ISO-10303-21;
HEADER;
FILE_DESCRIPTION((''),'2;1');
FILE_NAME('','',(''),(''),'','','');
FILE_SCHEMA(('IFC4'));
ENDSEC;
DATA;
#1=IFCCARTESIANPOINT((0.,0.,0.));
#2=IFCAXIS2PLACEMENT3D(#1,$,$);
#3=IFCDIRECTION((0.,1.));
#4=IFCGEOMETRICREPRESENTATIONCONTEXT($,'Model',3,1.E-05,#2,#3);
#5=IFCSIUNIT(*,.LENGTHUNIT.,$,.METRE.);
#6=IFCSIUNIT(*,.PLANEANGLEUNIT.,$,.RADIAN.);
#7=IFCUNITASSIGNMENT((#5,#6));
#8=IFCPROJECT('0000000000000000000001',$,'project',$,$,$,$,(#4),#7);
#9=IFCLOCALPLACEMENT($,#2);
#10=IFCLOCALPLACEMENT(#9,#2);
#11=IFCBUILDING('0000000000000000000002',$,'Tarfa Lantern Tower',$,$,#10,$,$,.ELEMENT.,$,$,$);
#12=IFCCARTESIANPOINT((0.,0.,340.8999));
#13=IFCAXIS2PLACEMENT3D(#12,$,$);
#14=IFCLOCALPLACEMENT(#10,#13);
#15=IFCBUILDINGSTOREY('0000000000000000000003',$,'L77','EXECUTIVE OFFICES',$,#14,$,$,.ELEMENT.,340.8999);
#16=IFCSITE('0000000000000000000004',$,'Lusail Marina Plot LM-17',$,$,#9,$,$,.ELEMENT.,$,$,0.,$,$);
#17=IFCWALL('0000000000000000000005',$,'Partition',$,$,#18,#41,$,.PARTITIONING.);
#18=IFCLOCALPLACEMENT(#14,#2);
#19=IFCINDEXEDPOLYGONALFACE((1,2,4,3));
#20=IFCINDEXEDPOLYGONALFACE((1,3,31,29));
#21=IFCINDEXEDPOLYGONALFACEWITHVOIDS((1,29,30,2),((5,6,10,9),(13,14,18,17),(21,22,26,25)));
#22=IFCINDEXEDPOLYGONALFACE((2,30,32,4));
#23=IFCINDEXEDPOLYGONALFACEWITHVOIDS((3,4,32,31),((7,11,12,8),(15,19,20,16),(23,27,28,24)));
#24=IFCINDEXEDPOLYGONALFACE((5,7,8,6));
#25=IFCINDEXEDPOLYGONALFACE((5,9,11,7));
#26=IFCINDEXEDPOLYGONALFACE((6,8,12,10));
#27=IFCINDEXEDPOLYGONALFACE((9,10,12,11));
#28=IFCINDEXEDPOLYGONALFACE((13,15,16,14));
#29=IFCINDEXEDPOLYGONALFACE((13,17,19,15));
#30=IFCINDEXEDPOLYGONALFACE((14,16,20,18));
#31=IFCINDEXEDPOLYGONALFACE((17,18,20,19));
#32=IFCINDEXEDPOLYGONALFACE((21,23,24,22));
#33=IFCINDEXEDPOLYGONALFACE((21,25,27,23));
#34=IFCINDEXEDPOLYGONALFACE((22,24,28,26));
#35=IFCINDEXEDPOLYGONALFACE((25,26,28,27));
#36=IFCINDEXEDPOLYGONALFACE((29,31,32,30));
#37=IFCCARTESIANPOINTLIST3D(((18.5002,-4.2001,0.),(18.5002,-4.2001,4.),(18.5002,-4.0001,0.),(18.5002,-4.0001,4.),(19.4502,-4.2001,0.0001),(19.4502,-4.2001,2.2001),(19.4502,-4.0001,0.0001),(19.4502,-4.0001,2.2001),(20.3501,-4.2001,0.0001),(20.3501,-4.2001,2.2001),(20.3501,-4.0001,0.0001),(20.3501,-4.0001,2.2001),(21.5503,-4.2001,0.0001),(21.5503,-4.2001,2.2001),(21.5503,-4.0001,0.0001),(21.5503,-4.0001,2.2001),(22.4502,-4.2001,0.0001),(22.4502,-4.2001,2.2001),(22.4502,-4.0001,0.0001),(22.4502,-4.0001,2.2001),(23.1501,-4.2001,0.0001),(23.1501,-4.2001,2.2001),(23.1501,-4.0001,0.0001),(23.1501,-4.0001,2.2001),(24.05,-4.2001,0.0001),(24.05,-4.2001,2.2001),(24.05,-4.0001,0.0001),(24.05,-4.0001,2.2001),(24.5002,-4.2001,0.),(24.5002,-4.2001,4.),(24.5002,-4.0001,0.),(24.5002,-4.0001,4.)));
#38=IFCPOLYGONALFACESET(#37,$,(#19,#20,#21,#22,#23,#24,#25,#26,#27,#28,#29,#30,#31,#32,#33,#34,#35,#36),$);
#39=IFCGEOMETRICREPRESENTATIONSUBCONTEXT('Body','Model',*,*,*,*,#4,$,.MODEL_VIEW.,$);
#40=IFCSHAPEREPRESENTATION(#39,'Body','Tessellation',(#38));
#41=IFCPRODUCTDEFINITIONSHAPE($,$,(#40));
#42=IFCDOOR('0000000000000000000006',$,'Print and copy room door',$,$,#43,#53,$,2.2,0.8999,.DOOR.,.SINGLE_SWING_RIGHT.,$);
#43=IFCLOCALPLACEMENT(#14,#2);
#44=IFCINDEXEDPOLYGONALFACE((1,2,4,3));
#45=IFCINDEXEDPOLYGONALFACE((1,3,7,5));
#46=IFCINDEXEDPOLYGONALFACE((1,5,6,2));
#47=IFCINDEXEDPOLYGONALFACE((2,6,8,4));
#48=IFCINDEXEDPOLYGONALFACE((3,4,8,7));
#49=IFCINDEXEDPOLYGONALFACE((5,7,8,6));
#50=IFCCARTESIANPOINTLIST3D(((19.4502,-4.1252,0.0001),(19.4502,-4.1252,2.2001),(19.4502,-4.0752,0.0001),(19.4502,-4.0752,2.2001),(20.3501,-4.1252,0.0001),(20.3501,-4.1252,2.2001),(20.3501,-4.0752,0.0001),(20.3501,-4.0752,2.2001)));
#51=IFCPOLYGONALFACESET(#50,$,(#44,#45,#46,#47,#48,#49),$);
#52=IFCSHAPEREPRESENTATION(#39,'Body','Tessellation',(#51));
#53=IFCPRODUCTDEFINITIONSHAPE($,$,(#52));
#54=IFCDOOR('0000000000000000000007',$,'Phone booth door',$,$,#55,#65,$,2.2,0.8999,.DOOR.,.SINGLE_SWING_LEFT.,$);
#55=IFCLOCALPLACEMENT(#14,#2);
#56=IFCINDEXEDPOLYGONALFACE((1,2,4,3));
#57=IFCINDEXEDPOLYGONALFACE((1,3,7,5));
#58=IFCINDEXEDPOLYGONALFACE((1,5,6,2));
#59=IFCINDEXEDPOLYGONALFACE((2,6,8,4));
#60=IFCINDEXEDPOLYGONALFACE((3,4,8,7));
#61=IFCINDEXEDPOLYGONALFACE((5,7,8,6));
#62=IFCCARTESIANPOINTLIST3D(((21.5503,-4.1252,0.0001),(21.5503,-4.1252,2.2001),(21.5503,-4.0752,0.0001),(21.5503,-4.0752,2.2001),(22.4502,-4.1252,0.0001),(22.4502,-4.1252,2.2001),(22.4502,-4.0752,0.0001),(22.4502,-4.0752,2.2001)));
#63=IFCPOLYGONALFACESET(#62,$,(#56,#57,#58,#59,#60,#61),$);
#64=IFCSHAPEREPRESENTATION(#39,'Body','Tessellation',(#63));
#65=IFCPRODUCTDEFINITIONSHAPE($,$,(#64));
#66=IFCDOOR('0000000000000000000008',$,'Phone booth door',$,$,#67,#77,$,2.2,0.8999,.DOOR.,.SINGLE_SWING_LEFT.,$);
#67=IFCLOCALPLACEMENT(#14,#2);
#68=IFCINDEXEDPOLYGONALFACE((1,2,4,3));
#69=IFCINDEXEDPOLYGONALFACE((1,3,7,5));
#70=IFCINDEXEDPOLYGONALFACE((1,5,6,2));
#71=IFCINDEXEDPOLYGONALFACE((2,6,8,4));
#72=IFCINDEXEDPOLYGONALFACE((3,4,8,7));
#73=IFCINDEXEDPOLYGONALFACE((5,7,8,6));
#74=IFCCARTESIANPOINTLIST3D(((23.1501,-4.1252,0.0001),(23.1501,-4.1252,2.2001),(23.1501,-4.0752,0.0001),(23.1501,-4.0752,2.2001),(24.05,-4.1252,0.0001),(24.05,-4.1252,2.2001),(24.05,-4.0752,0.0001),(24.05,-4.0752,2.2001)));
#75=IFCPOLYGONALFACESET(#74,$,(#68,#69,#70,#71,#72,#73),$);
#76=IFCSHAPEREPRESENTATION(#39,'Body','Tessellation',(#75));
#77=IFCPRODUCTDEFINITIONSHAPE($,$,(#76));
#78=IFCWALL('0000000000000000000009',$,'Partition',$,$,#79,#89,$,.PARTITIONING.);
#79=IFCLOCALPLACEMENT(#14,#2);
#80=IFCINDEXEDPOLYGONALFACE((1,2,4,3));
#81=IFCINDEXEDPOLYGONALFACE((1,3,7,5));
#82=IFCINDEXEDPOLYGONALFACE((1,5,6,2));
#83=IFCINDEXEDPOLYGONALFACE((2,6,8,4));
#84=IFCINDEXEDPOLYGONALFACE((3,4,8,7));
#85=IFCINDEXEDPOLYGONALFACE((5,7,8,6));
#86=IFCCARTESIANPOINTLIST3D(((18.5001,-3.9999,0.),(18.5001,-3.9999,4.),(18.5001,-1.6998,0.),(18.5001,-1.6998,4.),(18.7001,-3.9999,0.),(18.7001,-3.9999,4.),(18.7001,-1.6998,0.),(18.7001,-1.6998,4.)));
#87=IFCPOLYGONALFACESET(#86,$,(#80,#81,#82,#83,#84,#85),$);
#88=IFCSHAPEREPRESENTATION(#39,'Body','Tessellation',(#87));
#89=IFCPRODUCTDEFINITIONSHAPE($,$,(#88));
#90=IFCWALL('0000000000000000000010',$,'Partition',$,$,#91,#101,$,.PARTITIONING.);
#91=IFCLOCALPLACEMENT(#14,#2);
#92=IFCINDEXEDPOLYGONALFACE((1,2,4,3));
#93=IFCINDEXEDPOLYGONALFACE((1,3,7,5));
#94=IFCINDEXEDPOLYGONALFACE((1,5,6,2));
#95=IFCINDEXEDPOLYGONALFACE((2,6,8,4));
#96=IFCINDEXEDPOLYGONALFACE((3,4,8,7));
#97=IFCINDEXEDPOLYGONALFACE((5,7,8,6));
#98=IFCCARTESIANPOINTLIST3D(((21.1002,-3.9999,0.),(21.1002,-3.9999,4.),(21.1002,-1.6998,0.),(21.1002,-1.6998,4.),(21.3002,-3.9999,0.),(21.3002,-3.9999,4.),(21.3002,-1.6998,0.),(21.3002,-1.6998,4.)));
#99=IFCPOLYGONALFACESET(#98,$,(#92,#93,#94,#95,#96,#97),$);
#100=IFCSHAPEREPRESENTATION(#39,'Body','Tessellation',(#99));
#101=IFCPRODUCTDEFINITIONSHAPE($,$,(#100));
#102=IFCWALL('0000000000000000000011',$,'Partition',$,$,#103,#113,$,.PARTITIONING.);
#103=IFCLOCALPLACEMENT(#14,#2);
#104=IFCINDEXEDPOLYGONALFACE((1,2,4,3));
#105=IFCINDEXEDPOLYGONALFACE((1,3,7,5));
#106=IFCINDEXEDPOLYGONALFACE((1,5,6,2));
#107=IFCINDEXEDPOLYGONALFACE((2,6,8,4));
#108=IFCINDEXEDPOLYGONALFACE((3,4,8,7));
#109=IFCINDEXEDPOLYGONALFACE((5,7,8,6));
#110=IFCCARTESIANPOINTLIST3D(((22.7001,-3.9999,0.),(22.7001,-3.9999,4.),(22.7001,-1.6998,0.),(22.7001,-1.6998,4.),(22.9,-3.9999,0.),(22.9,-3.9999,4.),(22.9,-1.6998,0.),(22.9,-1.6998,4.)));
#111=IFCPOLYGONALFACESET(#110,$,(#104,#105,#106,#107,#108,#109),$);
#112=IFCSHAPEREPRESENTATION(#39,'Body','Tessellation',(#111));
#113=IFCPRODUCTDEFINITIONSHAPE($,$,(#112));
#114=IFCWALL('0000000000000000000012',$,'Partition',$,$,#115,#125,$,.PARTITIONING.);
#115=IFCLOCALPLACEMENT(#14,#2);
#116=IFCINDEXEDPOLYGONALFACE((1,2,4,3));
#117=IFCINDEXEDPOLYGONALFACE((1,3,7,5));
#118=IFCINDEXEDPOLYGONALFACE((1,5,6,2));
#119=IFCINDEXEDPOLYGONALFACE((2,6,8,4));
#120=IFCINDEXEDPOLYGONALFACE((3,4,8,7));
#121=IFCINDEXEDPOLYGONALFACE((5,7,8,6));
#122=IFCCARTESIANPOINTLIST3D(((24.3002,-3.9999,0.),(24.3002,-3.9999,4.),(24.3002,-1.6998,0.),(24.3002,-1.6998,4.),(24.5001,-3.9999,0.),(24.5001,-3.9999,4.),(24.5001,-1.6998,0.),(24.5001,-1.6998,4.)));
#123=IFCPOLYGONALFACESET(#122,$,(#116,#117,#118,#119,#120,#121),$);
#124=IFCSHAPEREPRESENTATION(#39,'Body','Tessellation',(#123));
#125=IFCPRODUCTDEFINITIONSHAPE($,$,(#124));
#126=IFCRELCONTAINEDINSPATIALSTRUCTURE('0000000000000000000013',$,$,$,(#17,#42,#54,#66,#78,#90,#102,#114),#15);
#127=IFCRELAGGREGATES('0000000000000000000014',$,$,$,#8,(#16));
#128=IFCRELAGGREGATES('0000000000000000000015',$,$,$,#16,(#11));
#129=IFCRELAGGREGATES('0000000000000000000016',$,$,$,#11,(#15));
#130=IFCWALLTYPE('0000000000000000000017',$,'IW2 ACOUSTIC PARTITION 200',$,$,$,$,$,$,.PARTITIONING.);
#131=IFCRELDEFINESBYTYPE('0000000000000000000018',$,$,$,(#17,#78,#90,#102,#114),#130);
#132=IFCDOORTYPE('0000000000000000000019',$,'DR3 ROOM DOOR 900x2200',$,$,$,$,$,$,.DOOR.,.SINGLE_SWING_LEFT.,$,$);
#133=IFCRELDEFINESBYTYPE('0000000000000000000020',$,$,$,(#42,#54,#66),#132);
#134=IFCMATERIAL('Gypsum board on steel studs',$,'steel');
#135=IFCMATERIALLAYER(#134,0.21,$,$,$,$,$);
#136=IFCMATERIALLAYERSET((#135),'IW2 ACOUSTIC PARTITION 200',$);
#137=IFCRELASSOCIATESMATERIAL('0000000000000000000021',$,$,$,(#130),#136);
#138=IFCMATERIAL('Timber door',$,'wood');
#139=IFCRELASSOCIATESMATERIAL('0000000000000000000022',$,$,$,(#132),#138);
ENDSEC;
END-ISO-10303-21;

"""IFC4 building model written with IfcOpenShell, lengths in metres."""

from ifc_helpers import new_model, si_unit, direction, frame, frame_2d, origin, place, context, subcontext, project, spatial, rectangle, extrude, material, layer, layer_set, type_object, element, fill, save


model = new_model("IFC4")

# Units and contexts
model_context = context("Model", 3, precision=1e-05, world=origin(), true_north=direction((0.0, 1.0)))
body_context = subcontext(model_context, "Body", "Model", "MODEL_VIEW")
ifc_project = project(units=[si_unit("LENGTHUNIT", "METRE"), si_unit("PLANEANGLEUNIT", "RADIAN")], contexts=[model_context])

# Site, building, storey
site_placement = place(None, origin())
site = spatial("IfcSite", under=ifc_project, at=site_placement, Name="Lusail Marina Plot LM-17", CompositionType="ELEMENT", RefElevation=0.0)
building_placement = place(site_placement, origin())
building = spatial("IfcBuilding", under=site, at=building_placement, Name="Tarfa Lantern Tower", CompositionType="ELEMENT")
storey_placement = place(building_placement, frame((0.0, 0.0, 340.8999)))
storey = spatial("IfcBuildingStorey", under=building, at=storey_placement, Name="L77", Description="EXECUTIVE OFFICES", CompositionType="ELEMENT", Elevation=340.8999)

# Shared definitions
ifc_material_1 = material(Name="Gypsum board on steel studs", Category="steel")
ifc_layer_1 = layer(ifc_material_1, 0.21)
ifc_layer_set_1 = layer_set([ifc_layer_1], Name="IW2 ACOUSTIC PARTITION 200")
wall_type_1 = type_object("IfcWallType", Name="IW2 ACOUSTIC PARTITION 200", PredefinedType="PARTITIONING", material=ifc_layer_set_1)
ifc_material_2 = material(Name="Timber door", Category="wood")

# Wall, openings, doors
wall_1_placement = place(storey_placement, frame((18.5002, -4.1001, 0.0), z_axis=(0.0, 0.0, 1.0), x_axis=(1.0, 0.0, 0.0)))
wall_1 = element("IfcWall", 1, at=wall_1_placement, inside=storey, type_object=wall_type_1, Name="Partition", PredefinedType="PARTITIONING", context=body_context, shape_type="SweptSolid", body=[
    extrude(rectangle(XDim=6.0, YDim=0.2, at=frame_2d((3.0, 0.0))), origin(), (0.0, 0.0, 1.0), 4.0),
])
opening_1_placement = place(wall_1_placement, frame((0.95, 0.0, 0.0)))
opening_1 = element("IfcOpeningElement", 2, at=opening_1_placement, cuts=wall_1, PredefinedType="OPENING", context=body_context, shape_type="SweptSolid", body=[
    extrude(rectangle(XDim=0.8999, YDim=2.2, at=frame_2d((0.45, 1.1001))), frame((0.0, 0.1099, 0.0), z_axis=(0.0, -1.0, 0.0), x_axis=(1.0, 0.0, 0.0)), (0.0, 0.0, 1.0), 0.22),
])
opening_2_placement = place(wall_1_placement, frame((3.05, 0.0, 0.0)))
opening_2 = element("IfcOpeningElement", 3, at=opening_2_placement, cuts=wall_1, PredefinedType="OPENING", context=body_context, shape_type="SweptSolid", body=[
    extrude(rectangle(XDim=0.8999, YDim=2.2, at=frame_2d((0.45, 1.1001))), frame((0.0, 0.1099, 0.0), z_axis=(0.0, -1.0, 0.0), x_axis=(1.0, 0.0, 0.0)), (0.0, 0.0, 1.0), 0.22),
])
opening_3_placement = place(wall_1_placement, frame((4.6499, 0.0, 0.0)))
opening_3 = element("IfcOpeningElement", 4, at=opening_3_placement, cuts=wall_1, PredefinedType="OPENING", context=body_context, shape_type="SweptSolid", body=[
    extrude(rectangle(XDim=0.8999, YDim=2.2, at=frame_2d((0.45, 1.1001))), frame((0.0, 0.1099, 0.0), z_axis=(0.0, -1.0, 0.0), x_axis=(1.0, 0.0, 0.0)), (0.0, 0.0, 1.0), 0.22),
])
door_type_1 = type_object("IfcDoorType", Name="DR3 ROOM DOOR 900x2200", OperationType="SINGLE_SWING_LEFT", PredefinedType="DOOR", material=ifc_material_2)
door_1_placement = place(opening_1_placement, origin())
door_1 = element("IfcDoor", 5, at=door_1_placement, inside=storey, type_object=door_type_1, Name="Print and copy room door", OperationType="SINGLE_SWING_RIGHT", OverallHeight=2.2, OverallWidth=0.8999, PredefinedType="DOOR", context=body_context, shape_type="SweptSolid", body=[
    extrude(rectangle(XDim=0.8999, YDim=2.2, at=frame_2d((0.45, 1.1001))), frame((0.0, 0.0249, 0.0), z_axis=(0.0, -1.0, 0.0), x_axis=(1.0, 0.0, 0.0)), (0.0, 0.0, 1.0), 0.05),
])
fill(opening_1, door_1)
door_2_placement = place(opening_2_placement, origin())
door_2 = element("IfcDoor", 6, at=door_2_placement, inside=storey, type_object=door_type_1, Name="Phone booth door", OperationType="SINGLE_SWING_LEFT", OverallHeight=2.2, OverallWidth=0.8999, PredefinedType="DOOR", context=body_context, shape_type="SweptSolid", body=[
    extrude(rectangle(XDim=0.8999, YDim=2.2, at=frame_2d((0.45, 1.1001))), frame((0.0, 0.0249, 0.0), z_axis=(0.0, -1.0, 0.0), x_axis=(1.0, 0.0, 0.0)), (0.0, 0.0, 1.0), 0.05),
])
fill(opening_2, door_2)
door_3_placement = place(opening_3_placement, origin())
door_3 = element("IfcDoor", 7, at=door_3_placement, inside=storey, type_object=door_type_1, Name="Phone booth door", OperationType="SINGLE_SWING_LEFT", OverallHeight=2.2, OverallWidth=0.8999, PredefinedType="DOOR", context=body_context, shape_type="SweptSolid", body=[
    extrude(rectangle(XDim=0.8999, YDim=2.2, at=frame_2d((0.45, 1.1001))), frame((0.0, 0.0249, 0.0), z_axis=(0.0, -1.0, 0.0), x_axis=(1.0, 0.0, 0.0)), (0.0, 0.0, 1.0), 0.05),
])
fill(opening_3, door_3)

# Walls
for number, where, z_axis, x_axis, name in (
    (8, (18.6001, -1.7, 0.0), (0.0, 0.0, 1.0), (0.0, -1.0, 0.0), "Partition"),
    (9, (21.2002, -1.7, 0.0), (0.0, 0.0, 1.0), (0.0, -1.0, 0.0), "Partition"),
    (10, (22.8, -1.7, 0.0), (0.0, 0.0, 1.0), (0.0, -1.0, 0.0), "Partition"),
    (11, (24.4001, -1.7, 0.0), (0.0, 0.0, 1.0), (0.0, -1.0, 0.0), "Partition"),
):
    element("IfcWall", number, at=place(storey_placement, frame(where, z_axis=z_axis, x_axis=x_axis)), inside=storey, type_object=wall_type_1, Name=name, PredefinedType="PARTITIONING", context=body_context, shape_type="SweptSolid", body=[
        extrude(rectangle(XDim=2.3, YDim=0.2, at=frame_2d((1.1499, 0.0))), origin(), (0.0, 0.0, 1.0), 4.0),
    ])

save(model, "model.ifc")
